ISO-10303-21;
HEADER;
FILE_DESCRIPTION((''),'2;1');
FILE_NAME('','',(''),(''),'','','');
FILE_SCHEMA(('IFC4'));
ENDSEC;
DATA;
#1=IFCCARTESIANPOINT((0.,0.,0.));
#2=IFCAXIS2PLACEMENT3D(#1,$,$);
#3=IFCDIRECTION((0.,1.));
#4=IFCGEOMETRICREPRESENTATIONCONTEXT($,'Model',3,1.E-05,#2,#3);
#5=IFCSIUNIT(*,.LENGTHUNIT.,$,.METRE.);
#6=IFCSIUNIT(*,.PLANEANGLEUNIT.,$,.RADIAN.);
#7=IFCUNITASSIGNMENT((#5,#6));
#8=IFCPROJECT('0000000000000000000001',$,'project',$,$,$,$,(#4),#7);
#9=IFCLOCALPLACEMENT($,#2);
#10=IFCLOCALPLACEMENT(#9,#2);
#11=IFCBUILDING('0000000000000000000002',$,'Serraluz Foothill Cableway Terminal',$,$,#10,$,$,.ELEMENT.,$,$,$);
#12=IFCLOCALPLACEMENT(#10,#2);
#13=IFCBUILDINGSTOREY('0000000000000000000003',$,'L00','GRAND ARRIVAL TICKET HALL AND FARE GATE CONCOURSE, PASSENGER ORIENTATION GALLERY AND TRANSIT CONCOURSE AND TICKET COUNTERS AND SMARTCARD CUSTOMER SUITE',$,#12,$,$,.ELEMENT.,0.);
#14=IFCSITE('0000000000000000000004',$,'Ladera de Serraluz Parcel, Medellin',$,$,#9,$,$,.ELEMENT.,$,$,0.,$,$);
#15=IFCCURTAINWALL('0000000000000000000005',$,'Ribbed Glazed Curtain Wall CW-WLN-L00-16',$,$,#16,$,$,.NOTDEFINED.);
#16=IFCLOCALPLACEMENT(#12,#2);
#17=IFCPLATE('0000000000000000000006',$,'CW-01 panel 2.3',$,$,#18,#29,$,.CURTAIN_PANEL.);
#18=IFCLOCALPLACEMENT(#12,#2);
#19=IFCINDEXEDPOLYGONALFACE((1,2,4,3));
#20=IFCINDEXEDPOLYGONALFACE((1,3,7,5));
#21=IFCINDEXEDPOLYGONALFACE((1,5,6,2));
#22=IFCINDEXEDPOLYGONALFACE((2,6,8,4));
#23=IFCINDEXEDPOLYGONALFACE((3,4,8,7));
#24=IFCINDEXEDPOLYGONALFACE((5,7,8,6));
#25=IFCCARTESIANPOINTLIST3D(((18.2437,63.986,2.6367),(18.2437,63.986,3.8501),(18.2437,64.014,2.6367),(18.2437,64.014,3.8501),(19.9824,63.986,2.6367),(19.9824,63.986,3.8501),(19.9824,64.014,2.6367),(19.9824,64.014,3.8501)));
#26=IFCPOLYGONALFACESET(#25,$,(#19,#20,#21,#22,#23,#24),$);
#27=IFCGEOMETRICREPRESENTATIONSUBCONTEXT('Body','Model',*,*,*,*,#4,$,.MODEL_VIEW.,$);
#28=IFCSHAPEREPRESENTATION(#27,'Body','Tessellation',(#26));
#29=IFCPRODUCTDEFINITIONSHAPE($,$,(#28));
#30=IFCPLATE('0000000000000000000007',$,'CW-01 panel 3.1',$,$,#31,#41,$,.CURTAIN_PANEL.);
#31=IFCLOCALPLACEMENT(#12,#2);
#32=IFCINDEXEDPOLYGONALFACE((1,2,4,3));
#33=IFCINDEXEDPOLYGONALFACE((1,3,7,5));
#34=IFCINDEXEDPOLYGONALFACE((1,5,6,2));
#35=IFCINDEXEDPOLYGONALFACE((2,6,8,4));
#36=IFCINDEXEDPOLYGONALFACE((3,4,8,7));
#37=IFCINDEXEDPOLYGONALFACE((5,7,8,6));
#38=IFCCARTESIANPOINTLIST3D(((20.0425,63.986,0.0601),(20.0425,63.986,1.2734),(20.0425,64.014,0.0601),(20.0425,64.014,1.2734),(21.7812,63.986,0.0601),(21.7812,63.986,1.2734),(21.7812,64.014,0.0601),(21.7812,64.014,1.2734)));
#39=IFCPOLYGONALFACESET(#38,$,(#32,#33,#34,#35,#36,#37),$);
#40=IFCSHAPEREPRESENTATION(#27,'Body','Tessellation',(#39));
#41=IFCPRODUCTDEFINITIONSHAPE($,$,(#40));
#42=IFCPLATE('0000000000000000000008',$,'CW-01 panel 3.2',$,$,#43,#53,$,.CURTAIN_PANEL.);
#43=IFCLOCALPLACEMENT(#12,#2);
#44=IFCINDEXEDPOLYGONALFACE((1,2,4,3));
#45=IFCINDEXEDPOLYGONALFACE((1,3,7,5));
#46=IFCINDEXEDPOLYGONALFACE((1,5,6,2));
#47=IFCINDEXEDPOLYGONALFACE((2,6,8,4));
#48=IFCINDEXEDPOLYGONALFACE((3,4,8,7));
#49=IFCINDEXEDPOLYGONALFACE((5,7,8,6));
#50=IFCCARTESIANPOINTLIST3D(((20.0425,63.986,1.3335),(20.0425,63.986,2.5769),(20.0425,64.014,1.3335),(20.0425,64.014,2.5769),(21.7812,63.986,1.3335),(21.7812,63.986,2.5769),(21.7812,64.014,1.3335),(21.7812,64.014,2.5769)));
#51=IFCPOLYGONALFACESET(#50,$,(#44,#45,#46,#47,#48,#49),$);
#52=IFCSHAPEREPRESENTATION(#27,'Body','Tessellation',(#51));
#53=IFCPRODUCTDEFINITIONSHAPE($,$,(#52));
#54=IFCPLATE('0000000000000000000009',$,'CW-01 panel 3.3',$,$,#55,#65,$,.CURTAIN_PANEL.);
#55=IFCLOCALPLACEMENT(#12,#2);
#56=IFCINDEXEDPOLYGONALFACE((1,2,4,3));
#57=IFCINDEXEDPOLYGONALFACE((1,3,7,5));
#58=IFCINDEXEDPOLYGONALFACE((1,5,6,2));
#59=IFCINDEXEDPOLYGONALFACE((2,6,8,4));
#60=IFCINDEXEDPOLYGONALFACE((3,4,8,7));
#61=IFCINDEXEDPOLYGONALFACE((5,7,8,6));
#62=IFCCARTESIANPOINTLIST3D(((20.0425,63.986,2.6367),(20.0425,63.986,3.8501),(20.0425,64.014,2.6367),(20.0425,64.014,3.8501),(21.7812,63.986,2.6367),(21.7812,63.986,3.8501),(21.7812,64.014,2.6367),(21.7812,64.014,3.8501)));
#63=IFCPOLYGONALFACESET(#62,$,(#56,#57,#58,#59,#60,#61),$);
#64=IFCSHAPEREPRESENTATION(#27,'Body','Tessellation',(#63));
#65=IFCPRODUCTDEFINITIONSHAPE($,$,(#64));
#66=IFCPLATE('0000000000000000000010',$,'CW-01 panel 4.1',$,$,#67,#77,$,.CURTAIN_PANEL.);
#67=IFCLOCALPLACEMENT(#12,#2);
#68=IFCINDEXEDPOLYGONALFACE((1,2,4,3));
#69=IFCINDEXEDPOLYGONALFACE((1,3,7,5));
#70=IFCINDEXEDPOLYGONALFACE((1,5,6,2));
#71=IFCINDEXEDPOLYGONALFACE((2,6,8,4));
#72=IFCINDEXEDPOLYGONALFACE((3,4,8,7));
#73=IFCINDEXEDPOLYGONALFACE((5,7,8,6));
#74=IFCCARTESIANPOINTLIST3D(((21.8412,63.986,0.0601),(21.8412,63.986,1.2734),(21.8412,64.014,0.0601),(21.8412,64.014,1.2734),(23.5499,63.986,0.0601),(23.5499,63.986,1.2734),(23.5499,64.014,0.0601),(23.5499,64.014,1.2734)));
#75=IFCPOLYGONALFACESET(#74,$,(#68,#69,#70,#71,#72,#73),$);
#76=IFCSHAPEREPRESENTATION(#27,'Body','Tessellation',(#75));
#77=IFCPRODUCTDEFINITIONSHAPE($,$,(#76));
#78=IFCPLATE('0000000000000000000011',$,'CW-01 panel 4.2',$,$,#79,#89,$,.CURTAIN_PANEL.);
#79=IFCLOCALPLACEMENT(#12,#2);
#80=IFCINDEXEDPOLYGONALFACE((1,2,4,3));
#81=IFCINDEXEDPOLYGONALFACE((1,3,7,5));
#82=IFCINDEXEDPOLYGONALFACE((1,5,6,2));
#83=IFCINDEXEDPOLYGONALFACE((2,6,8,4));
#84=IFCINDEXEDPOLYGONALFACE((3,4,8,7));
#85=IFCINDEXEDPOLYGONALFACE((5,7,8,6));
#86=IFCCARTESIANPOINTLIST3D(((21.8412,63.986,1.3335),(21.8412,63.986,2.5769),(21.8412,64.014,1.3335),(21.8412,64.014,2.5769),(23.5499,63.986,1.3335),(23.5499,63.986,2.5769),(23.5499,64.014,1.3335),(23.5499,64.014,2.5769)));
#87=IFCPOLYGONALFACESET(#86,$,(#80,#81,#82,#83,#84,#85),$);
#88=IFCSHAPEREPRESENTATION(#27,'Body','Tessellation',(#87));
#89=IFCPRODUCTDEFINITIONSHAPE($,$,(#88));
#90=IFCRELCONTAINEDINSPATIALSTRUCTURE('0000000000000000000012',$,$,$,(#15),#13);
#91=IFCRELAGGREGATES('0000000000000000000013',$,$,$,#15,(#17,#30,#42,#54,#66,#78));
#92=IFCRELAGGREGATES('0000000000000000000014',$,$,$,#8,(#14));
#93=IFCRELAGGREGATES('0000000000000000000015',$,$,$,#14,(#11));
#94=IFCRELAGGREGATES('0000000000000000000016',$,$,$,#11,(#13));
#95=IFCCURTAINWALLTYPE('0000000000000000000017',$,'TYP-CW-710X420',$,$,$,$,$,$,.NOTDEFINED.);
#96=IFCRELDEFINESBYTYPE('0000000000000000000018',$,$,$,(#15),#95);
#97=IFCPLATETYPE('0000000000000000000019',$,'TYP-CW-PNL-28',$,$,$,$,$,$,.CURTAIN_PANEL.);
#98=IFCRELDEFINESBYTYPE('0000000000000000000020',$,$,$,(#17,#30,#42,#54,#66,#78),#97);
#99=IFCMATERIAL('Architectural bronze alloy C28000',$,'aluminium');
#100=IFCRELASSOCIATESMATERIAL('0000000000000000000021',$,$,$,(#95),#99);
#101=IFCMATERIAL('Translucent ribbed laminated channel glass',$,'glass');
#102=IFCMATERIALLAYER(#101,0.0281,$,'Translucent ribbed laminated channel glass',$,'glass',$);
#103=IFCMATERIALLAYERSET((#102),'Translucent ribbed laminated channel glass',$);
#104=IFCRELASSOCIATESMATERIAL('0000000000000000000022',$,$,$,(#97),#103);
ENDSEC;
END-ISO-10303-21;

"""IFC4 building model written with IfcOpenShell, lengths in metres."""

from ifc_helpers import new_model, si_unit, direction, frame, origin, origin_2d, place, context, subcontext, project, spatial, rectangle, extrude, material, layer, layer_set, type_object, element, aggregate, save


model = new_model("IFC4")

# Units and contexts
model_context = context("Model", 3, precision=1e-05, world=origin(), true_north=direction((0.0, 1.0)))
body_context = subcontext(model_context, "Body", "Model", "MODEL_VIEW")
ifc_project = project(units=[si_unit("LENGTHUNIT", "METRE"), si_unit("PLANEANGLEUNIT", "RADIAN")], contexts=[model_context])

# Site, building, storey
site_placement = place(None, origin())
site = spatial("IfcSite", under=ifc_project, at=site_placement, Name="Ladera de Serraluz Parcel, Medellin", CompositionType="ELEMENT", RefElevation=0.0)
building_placement = place(site_placement, origin())
building = spatial("IfcBuilding", under=site, at=building_placement, Name="Serraluz Foothill Cableway Terminal", CompositionType="ELEMENT")
storey_placement = place(building_placement, origin())
storey = spatial("IfcBuildingStorey", under=building, at=storey_placement, Name="L00", Description="GRAND ARRIVAL TICKET HALL AND FARE GATE CONCOURSE, PASSENGER ORIENTATION GALLERY AND TRANSIT CONCOURSE AND TICKET COUNTERS AND SMARTCARD CUSTOMER SUITE", CompositionType="ELEMENT", Elevation=0.0)

# Curtain wall, plates
ifc_material_1 = material(Name="Architectural bronze alloy C28000", Category="aluminium")
curtain_wall_type = type_object("IfcCurtainWallType", Name="TYP-CW-710X420", PredefinedType="NOTDEFINED", material=ifc_material_1)
curtain_wall_placement = place(storey_placement, origin())
curtain_wall = element("IfcCurtainWall", 1, at=curtain_wall_placement, inside=storey, type_object=curtain_wall_type, Name="Ribbed Glazed Curtain Wall CW-WLN-L00-16", PredefinedType="NOTDEFINED")
ifc_material_2 = material(Name="Translucent ribbed laminated channel glass", Category="glass")
ifc_layer = layer(ifc_material_2, 0.0281, Name="Translucent ribbed laminated channel glass", Category="glass")
ifc_layer_set = layer_set([ifc_layer], Name="Translucent ribbed laminated channel glass")
plate_type = type_object("IfcPlateType", Name="TYP-CW-PNL-28", PredefinedType="CURTAIN_PANEL", material=ifc_layer_set)
plate_1_placement = place(storey_placement, frame((19.113, 64.0, 2.6367), z_axis=(0.0, 0.0, 1.0), x_axis=(1.0, 0.0, 0.0)))
plate_1 = element("IfcPlate", 2, at=plate_1_placement, type_object=plate_type, Name="CW-01 panel 2.3", PredefinedType="CURTAIN_PANEL", context=body_context, shape_type="SweptSolid", body=[
    extrude(rectangle(XDim=1.7388, YDim=0.0281, at=origin_2d()), origin(), (0.0, 0.0, 1.0), 1.2134),
])
plate_2_placement = place(storey_placement, frame((20.9119, 64.0, 0.0601), z_axis=(0.0, 0.0, 1.0), x_axis=(1.0, 0.0, 0.0)))
plate_2 = element("IfcPlate", 3, at=plate_2_placement, type_object=plate_type, Name="CW-01 panel 3.1", PredefinedType="CURTAIN_PANEL", context=body_context, shape_type="SweptSolid", body=[
    extrude(rectangle(XDim=1.7388, YDim=0.0281, at=origin_2d()), origin(), (0.0, 0.0, 1.0), 1.2134),
])
plate_3_placement = place(storey_placement, frame((20.9119, 64.0, 1.3335), z_axis=(0.0, 0.0, 1.0), x_axis=(1.0, 0.0, 0.0)))
plate_3 = element("IfcPlate", 4, at=plate_3_placement, type_object=plate_type, Name="CW-01 panel 3.2", PredefinedType="CURTAIN_PANEL", context=body_context, shape_type="SweptSolid", body=[
    extrude(rectangle(XDim=1.7388, YDim=0.0281, at=origin_2d()), origin(), (0.0, 0.0, 1.0), 1.2434),
])
plate_4_placement = place(storey_placement, frame((20.9119, 64.0, 2.6367), z_axis=(0.0, 0.0, 1.0), x_axis=(1.0, 0.0, 0.0)))
plate_4 = element("IfcPlate", 5, at=plate_4_placement, type_object=plate_type, Name="CW-01 panel 3.3", PredefinedType="CURTAIN_PANEL", context=body_context, shape_type="SweptSolid", body=[
    extrude(rectangle(XDim=1.7388, YDim=0.0281, at=origin_2d()), origin(), (0.0, 0.0, 1.0), 1.2134),
])
plate_5_placement = place(storey_placement, frame((22.6956, 64.0, 0.0601), z_axis=(0.0, 0.0, 1.0), x_axis=(1.0, 0.0, 0.0)))
plate_5 = element("IfcPlate", 6, at=plate_5_placement, type_object=plate_type, Name="CW-01 panel 4.1", PredefinedType="CURTAIN_PANEL", context=body_context, shape_type="SweptSolid", body=[
    extrude(rectangle(XDim=1.7087, YDim=0.0281, at=origin_2d()), origin(), (0.0, 0.0, 1.0), 1.2134),
])
plate_6_placement = place(storey_placement, frame((22.6956, 64.0, 1.3335), z_axis=(0.0, 0.0, 1.0), x_axis=(1.0, 0.0, 0.0)))
plate_6 = element("IfcPlate", 7, at=plate_6_placement, type_object=plate_type, Name="CW-01 panel 4.2", PredefinedType="CURTAIN_PANEL", context=body_context, shape_type="SweptSolid", body=[
    extrude(rectangle(XDim=1.7087, YDim=0.0281, at=origin_2d()), origin(), (0.0, 0.0, 1.0), 1.2434),
])
aggregate(curtain_wall, [plate_1, plate_2, plate_3, plate_4, plate_5, plate_6])

save(model, "model.ifc")
